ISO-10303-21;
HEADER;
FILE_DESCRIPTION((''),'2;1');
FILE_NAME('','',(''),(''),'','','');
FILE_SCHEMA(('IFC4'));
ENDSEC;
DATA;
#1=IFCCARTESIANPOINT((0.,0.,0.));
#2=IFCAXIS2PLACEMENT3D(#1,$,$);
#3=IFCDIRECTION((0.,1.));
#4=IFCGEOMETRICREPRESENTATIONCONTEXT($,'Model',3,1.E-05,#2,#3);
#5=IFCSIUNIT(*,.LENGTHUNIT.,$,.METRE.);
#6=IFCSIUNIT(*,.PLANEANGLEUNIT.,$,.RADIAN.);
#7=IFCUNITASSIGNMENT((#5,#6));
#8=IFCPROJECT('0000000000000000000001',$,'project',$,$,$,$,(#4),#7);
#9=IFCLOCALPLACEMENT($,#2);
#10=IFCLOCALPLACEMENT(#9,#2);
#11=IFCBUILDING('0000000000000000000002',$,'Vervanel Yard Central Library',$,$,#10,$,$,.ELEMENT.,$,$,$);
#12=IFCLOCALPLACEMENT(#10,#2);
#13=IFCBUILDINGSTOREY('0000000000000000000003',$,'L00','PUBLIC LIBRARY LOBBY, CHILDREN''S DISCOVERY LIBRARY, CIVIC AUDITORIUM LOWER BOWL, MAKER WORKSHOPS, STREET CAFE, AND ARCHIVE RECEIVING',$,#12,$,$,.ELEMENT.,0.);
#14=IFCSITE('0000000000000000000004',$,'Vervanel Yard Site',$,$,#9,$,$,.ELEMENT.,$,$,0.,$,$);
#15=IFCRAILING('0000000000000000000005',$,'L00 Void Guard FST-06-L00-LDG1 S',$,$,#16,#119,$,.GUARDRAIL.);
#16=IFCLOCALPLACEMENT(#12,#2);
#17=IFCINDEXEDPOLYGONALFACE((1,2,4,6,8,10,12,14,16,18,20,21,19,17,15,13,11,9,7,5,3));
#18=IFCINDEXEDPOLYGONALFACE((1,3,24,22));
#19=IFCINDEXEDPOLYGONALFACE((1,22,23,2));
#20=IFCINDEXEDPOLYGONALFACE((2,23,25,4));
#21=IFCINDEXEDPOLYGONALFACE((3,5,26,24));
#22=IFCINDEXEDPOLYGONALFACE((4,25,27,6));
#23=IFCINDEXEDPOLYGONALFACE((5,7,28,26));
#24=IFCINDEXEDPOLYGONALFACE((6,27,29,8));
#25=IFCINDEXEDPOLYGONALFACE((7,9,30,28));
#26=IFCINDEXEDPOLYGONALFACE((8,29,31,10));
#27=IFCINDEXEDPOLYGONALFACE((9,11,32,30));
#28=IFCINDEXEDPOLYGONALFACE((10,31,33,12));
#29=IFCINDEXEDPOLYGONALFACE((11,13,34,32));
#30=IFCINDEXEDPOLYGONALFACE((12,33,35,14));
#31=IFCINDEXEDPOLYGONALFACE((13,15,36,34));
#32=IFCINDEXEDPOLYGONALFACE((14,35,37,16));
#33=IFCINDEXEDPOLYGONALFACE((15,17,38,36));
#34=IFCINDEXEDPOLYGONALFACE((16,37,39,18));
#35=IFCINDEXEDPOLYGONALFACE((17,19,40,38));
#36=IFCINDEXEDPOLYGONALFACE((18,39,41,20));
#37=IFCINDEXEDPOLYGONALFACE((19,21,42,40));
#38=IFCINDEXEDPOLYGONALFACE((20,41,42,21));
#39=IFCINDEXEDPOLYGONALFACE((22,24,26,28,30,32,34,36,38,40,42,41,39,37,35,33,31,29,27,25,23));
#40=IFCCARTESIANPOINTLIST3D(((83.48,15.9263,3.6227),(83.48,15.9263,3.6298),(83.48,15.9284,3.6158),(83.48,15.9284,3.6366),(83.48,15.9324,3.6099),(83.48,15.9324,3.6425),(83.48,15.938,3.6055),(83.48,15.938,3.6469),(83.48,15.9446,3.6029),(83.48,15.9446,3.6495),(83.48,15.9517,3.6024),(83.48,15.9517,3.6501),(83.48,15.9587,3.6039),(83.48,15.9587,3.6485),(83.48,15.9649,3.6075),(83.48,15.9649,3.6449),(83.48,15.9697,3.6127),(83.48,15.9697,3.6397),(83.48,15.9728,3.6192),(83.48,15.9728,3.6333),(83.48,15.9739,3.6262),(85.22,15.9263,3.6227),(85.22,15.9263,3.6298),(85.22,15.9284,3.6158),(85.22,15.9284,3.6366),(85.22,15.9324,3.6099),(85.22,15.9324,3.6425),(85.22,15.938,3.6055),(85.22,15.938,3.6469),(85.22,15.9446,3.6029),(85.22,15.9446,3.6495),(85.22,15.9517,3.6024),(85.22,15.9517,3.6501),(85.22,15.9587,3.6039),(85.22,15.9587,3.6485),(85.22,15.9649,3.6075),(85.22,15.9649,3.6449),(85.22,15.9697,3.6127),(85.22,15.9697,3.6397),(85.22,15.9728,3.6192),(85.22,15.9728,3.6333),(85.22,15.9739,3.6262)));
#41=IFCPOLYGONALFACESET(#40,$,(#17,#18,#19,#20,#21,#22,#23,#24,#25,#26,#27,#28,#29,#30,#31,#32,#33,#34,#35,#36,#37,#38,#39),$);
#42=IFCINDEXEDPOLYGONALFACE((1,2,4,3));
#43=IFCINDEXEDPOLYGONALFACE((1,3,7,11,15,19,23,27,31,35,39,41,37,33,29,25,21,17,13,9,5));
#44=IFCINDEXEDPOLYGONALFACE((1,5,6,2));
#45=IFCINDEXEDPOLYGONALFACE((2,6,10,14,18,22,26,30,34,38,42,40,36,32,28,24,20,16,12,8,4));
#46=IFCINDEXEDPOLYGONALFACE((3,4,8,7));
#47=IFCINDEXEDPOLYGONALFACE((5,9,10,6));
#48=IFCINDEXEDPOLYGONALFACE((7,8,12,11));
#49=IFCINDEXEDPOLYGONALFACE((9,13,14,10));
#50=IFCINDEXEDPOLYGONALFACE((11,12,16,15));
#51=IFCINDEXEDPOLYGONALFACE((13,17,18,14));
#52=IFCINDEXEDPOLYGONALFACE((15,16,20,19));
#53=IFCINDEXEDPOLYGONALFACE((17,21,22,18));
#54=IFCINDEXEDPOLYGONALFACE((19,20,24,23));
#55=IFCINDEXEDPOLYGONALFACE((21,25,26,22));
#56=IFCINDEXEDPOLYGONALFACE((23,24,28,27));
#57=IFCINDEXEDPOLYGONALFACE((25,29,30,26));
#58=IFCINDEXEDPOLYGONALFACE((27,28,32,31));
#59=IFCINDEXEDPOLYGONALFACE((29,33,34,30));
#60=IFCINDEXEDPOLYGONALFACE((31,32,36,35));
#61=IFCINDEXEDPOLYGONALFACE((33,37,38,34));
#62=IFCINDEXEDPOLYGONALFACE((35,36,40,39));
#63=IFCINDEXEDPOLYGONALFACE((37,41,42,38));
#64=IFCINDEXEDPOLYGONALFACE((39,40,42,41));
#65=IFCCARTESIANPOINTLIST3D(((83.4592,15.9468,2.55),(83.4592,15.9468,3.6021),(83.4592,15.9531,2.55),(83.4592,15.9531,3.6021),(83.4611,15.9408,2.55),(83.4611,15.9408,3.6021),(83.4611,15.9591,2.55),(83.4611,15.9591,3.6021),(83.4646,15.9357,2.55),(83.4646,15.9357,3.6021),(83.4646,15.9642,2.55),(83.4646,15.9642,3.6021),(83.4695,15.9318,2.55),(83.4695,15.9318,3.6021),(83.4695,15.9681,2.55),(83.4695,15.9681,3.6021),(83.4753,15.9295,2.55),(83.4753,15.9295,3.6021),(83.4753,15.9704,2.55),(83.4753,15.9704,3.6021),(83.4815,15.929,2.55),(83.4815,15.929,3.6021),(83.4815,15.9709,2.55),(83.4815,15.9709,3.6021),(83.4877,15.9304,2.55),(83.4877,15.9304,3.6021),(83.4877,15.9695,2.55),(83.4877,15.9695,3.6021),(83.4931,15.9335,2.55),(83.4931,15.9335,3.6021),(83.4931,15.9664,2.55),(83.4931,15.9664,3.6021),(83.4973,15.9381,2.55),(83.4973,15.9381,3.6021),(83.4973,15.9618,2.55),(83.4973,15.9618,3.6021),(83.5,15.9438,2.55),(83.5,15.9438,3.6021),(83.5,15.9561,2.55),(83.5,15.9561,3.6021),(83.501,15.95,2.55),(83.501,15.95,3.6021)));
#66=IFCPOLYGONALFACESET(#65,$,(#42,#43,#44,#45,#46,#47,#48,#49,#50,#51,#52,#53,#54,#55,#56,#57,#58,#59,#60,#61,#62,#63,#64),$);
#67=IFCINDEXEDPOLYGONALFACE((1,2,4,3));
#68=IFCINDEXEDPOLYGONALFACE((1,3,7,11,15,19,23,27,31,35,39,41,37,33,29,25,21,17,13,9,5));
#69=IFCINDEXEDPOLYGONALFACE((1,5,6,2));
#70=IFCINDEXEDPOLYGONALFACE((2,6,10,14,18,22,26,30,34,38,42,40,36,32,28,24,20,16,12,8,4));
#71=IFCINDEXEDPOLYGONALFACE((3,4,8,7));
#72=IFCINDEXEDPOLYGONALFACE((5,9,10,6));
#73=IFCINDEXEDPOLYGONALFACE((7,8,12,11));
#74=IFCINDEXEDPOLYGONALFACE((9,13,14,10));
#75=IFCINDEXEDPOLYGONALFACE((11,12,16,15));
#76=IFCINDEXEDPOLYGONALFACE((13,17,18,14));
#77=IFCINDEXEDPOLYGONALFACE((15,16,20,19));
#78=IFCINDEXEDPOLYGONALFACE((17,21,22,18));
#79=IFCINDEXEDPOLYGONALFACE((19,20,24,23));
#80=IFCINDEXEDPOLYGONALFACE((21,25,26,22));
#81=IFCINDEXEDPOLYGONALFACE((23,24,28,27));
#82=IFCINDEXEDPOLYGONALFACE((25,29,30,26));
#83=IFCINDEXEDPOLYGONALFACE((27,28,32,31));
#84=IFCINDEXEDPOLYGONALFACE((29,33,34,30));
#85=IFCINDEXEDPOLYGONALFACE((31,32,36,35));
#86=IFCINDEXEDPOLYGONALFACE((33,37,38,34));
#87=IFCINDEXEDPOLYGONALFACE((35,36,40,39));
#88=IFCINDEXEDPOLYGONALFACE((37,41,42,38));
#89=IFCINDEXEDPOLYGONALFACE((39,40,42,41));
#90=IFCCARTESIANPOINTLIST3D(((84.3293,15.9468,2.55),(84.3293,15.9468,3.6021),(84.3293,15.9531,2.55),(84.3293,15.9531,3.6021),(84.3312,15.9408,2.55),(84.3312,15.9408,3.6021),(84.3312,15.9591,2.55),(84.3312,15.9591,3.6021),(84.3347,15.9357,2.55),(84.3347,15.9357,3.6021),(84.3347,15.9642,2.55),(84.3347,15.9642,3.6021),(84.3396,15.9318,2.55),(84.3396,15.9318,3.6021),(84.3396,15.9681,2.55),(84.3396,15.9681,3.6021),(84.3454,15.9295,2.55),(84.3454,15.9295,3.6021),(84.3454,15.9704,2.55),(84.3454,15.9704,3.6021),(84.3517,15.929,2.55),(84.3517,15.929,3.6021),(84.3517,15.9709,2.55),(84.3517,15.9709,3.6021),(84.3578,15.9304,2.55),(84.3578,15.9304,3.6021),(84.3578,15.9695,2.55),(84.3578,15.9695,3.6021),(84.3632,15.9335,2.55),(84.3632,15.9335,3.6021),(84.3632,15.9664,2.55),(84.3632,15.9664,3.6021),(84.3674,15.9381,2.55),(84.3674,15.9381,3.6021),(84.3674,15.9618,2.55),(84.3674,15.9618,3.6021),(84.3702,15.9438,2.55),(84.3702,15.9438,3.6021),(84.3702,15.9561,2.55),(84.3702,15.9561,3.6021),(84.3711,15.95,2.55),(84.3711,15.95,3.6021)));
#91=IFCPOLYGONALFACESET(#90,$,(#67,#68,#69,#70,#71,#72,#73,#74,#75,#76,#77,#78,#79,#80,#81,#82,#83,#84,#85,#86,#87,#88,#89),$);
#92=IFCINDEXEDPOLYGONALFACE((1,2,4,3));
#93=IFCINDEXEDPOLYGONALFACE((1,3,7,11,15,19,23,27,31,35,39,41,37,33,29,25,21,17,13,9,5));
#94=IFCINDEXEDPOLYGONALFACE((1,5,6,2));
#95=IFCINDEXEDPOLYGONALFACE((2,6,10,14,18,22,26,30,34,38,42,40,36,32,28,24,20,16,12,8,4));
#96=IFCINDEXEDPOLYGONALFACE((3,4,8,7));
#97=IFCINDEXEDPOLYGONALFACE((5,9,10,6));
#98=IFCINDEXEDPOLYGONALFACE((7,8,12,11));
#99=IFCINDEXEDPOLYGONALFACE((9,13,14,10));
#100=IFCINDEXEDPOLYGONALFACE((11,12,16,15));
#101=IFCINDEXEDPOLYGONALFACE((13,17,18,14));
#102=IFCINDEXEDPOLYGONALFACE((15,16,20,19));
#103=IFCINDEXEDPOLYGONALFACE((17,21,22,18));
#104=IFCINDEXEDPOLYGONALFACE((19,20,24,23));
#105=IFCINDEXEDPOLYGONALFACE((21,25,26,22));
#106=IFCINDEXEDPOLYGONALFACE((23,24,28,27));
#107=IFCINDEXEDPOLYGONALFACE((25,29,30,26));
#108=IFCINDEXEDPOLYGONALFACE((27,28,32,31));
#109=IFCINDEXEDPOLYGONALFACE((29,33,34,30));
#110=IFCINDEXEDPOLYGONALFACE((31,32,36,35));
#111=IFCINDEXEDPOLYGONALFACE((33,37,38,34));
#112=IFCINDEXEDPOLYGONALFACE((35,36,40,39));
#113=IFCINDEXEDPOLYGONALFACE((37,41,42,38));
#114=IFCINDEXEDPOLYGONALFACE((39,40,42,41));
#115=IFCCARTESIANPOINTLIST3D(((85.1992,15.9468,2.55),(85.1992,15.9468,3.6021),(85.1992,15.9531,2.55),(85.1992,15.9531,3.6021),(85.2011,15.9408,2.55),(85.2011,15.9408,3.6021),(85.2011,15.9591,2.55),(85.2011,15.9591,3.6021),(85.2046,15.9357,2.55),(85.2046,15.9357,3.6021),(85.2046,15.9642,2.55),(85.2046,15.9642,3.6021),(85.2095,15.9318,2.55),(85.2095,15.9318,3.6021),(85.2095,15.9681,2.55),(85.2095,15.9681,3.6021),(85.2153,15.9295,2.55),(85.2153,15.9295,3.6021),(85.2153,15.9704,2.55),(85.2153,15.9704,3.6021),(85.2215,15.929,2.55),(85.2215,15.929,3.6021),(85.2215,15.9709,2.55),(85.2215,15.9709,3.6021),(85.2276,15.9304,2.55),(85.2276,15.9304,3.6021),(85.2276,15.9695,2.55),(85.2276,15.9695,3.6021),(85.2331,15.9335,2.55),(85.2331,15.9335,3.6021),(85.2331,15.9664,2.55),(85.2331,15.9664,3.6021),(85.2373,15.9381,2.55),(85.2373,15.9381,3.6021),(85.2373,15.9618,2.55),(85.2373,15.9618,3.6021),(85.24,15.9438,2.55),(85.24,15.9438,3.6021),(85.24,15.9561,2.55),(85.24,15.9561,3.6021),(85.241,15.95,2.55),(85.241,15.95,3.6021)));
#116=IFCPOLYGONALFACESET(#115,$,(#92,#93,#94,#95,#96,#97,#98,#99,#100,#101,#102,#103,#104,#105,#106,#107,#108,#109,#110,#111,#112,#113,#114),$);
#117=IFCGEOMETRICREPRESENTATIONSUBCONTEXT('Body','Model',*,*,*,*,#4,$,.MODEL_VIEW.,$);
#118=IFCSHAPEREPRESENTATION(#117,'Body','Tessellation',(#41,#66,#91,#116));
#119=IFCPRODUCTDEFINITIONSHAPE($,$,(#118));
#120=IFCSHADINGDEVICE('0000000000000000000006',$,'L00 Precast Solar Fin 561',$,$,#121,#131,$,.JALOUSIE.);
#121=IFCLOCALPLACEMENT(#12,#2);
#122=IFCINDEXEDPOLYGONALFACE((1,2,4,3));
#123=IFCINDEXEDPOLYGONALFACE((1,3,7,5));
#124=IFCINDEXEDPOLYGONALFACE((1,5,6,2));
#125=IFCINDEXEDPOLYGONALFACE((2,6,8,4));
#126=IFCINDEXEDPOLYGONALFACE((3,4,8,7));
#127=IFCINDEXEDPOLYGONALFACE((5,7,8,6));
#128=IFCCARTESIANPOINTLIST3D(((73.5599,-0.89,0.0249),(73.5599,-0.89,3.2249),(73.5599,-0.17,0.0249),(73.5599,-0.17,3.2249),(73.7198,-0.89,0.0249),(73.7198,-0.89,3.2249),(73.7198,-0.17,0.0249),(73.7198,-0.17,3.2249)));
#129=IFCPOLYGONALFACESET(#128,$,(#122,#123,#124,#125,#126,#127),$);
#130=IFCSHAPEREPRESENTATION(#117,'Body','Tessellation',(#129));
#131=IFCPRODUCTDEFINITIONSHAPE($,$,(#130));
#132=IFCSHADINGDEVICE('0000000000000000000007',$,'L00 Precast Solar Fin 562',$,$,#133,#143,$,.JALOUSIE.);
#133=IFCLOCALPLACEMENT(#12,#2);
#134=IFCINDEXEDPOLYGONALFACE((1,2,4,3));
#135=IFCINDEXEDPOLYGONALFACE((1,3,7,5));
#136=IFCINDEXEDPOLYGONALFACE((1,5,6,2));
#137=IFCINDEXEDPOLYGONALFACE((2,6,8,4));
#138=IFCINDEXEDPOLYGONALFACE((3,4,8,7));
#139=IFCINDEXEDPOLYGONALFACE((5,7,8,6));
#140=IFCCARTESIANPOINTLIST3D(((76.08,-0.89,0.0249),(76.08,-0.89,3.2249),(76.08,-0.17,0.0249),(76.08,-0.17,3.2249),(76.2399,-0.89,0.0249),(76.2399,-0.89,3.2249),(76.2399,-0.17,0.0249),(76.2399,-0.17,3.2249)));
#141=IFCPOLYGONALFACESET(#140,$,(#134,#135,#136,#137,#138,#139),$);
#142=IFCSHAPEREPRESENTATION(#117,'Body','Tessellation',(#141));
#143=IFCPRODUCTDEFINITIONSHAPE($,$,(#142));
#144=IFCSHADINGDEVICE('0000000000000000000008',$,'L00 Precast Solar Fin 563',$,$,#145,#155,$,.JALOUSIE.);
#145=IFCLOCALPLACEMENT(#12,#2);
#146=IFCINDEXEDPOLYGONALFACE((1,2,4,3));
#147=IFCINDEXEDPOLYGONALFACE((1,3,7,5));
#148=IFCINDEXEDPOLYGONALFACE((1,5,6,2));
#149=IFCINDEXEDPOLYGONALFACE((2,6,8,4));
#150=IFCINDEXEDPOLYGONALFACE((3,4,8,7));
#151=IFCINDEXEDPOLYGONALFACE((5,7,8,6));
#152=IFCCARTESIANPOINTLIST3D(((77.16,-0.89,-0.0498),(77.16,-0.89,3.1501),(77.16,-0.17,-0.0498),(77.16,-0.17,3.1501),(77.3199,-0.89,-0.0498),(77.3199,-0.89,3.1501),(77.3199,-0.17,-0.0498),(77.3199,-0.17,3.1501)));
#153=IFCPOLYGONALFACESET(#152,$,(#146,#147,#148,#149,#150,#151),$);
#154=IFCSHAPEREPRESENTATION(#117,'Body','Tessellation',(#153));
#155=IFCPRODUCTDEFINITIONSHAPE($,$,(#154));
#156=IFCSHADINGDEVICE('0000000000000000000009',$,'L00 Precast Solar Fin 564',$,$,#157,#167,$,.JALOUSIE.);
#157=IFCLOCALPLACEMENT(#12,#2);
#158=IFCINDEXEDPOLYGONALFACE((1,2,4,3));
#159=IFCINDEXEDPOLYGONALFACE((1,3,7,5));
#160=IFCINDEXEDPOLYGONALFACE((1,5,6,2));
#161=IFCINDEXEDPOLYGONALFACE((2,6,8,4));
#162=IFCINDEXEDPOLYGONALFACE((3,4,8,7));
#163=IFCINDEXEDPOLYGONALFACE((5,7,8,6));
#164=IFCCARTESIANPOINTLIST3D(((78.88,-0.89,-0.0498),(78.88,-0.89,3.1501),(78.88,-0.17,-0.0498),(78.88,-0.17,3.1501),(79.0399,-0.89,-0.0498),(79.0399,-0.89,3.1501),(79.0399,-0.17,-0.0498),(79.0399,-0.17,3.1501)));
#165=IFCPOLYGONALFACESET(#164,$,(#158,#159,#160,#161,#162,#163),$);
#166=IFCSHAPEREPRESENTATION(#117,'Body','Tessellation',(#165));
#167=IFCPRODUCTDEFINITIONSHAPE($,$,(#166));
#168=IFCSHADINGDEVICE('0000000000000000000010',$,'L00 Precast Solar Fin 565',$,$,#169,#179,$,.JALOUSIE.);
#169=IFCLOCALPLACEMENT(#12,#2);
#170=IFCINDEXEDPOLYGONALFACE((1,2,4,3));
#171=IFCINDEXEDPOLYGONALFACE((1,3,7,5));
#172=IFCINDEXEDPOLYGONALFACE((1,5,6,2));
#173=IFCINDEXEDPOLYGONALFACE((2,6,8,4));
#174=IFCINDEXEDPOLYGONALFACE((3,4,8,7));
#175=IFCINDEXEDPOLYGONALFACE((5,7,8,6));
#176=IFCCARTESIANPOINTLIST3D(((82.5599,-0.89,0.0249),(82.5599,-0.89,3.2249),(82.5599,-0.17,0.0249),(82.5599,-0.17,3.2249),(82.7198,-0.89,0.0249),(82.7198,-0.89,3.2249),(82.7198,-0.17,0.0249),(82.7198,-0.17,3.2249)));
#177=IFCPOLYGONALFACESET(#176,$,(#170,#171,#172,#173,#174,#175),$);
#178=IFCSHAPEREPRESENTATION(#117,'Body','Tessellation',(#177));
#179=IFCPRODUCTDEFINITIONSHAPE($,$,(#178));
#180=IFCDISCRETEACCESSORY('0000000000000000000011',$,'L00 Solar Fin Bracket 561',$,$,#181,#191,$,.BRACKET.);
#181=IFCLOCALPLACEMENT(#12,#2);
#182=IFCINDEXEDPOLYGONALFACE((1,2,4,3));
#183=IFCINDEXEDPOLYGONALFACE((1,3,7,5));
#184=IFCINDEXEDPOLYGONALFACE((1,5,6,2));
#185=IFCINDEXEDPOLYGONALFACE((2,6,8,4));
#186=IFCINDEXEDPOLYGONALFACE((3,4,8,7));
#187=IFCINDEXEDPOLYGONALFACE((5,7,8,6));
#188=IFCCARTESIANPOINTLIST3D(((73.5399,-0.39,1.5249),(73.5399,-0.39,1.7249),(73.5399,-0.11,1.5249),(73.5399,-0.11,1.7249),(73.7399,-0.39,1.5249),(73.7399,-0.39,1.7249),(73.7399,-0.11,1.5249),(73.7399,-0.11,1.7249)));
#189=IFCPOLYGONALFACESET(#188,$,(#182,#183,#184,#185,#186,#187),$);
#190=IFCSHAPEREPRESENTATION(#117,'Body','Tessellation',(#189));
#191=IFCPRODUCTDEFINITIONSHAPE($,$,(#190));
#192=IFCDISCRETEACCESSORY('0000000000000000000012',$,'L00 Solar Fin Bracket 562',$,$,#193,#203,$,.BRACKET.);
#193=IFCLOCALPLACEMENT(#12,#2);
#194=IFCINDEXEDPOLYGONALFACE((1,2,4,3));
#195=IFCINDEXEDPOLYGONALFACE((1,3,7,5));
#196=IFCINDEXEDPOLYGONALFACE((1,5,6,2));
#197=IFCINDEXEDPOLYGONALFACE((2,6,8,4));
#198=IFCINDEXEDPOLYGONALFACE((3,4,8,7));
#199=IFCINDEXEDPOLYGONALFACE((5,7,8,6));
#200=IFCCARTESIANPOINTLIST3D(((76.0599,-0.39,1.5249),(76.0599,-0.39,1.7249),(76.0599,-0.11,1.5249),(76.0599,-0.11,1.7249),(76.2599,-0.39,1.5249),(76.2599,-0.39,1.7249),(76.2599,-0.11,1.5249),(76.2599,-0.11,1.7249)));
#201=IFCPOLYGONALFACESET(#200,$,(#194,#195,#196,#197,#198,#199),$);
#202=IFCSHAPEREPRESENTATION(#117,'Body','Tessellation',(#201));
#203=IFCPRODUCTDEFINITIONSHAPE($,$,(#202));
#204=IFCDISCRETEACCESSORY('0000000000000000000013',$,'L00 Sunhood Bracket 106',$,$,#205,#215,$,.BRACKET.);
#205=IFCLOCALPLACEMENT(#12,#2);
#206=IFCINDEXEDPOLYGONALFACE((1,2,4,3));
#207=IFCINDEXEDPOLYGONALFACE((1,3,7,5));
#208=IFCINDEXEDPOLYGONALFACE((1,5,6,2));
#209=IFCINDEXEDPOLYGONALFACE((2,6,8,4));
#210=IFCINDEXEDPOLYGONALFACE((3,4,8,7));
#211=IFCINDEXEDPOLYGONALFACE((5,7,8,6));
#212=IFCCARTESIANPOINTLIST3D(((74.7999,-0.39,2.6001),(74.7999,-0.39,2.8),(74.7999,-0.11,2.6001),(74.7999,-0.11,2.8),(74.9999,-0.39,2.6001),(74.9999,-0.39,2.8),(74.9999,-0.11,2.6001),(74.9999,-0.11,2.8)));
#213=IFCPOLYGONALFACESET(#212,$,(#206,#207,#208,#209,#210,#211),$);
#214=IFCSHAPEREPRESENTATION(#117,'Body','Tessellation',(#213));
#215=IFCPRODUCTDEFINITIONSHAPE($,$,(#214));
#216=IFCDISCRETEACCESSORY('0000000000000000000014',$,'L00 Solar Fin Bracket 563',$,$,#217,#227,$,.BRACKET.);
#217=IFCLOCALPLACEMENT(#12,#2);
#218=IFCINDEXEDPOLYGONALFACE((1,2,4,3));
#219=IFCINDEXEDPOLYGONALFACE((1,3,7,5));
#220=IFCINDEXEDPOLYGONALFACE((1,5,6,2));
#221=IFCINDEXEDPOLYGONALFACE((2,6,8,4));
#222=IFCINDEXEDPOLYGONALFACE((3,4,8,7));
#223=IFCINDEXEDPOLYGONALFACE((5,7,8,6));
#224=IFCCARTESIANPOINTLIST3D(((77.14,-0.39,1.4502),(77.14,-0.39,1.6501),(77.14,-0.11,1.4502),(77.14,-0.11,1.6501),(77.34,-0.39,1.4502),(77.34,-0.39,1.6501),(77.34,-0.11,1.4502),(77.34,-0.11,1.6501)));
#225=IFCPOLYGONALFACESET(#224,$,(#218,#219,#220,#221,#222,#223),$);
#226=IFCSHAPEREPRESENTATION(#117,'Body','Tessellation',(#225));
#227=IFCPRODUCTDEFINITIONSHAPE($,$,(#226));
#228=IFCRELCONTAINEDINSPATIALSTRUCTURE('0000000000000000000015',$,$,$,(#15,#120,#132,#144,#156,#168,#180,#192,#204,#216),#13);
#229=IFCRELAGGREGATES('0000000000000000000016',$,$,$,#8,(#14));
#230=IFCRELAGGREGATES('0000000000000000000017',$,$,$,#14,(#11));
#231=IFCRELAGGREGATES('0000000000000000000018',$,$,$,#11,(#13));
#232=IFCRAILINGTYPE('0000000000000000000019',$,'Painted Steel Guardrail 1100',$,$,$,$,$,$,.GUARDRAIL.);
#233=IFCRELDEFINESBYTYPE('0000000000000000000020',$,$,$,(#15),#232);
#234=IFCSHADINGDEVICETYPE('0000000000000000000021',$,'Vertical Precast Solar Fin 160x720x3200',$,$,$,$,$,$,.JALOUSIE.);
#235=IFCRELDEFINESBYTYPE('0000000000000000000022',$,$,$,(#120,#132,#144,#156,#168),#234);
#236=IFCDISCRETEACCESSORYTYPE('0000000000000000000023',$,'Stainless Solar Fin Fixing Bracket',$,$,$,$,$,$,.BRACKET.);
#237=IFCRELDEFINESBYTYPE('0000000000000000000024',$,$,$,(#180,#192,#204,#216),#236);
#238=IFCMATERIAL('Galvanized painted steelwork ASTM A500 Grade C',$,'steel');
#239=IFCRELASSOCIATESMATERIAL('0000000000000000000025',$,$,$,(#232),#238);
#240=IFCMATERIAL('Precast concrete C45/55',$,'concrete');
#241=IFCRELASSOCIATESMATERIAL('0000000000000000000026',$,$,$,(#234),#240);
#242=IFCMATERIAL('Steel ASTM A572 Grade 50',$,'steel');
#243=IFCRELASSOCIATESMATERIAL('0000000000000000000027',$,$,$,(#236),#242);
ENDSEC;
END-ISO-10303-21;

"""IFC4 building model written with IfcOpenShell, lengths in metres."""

from ifc_helpers import new_model, si_unit, direction, frame, origin, origin_2d, place, context, subcontext, project, spatial, rectangle, circle, extrude, material, type_object, element, save


model = new_model("IFC4")

# Units and contexts
model_context = context("Model", 3, precision=1e-05, world=origin(), true_north=direction((0.0, 1.0)))
body_context = subcontext(model_context, "Body", "Model", "MODEL_VIEW")
ifc_project = project(units=[si_unit("LENGTHUNIT", "METRE"), si_unit("PLANEANGLEUNIT", "RADIAN")], contexts=[model_context])

# Site, building, storey
site_placement = place(None, origin())
site = spatial("IfcSite", under=ifc_project, at=site_placement, Name="Vervanel Yard Site", CompositionType="ELEMENT", RefElevation=0.0)
building_placement = place(site_placement, origin())
building = spatial("IfcBuilding", under=site, at=building_placement, Name="Vervanel Yard Central Library", CompositionType="ELEMENT")
storey_placement = place(building_placement, origin())
storey = spatial("IfcBuildingStorey", under=building, at=storey_placement, Name="L00", Description="PUBLIC LIBRARY LOBBY, CHILDREN'S DISCOVERY LIBRARY, CIVIC AUDITORIUM LOWER BOWL, MAKER WORKSHOPS, STREET CAFE, AND ARCHIVE RECEIVING", CompositionType="ELEMENT", Elevation=0.0)

# Shared definitions
ifc_material_1 = material(Name="Steel ASTM A572 Grade 50", Category="steel")

# Shared definitions
ifc_material_2 = material(Name="Precast concrete C45/55", Category="concrete")

# Railing
ifc_material_3 = material(Name="Galvanized painted steelwork ASTM A500 Grade C", Category="steel")
railing_type = type_object("IfcRailingType", Name="Painted Steel Guardrail 1100", PredefinedType="GUARDRAIL", material=ifc_material_3)
railing_1_placement = place(storey_placement, frame((83.48, 15.95, 2.55)))
element("IfcRailing", 1, at=railing_1_placement, inside=storey, type_object=railing_type, Name="L00 Void Guard FST-06-L00-LDG1 S", PredefinedType="GUARDRAIL", context=body_context, shape_type="SweptSolid", body=[
    extrude(circle(Radius=0.0239, at=origin_2d()), frame((0.0, 0.0, 1.0762), z_axis=(1.0, 0.0, 0.0), x_axis=(0.0, 1.0, 0.0)), (0.0, 0.0, 1.0), 1.74),
    extrude(circle(Radius=0.021, at=origin_2d()), origin(), (0.0, 0.0, 1.0), 1.052),
    extrude(circle(Radius=0.021, at=origin_2d()), frame((0.8701, 0.0, 0.0)), (0.0, 0.0, 1.0), 1.052),
    extrude(circle(Radius=0.021, at=origin_2d()), frame((1.74, 0.0, 0.0)), (0.0, 0.0, 1.0), 1.052),
])

# Shading devices
shading_device_type_1 = type_object("IfcShadingDeviceType", Name="Vertical Precast Solar Fin 160x720x3200", PredefinedType="JALOUSIE", material=ifc_material_2)
for number, where, z_axis, x_axis, name in (
    (2, (73.6399, -0.53, 0.0249), (0.0, 0.0, 1.0), (1.0, 0.0, 0.0), "L00 Precast Solar Fin 561"),
    (3, (76.1599, -0.53, 0.0249), (0.0, 0.0, 1.0), (1.0, 0.0, 0.0), "L00 Precast Solar Fin 562"),
    (4, (77.24, -0.53, -0.0498), (0.0, 0.0, 1.0), (1.0, 0.0, 0.0), "L00 Precast Solar Fin 563"),
    (5, (78.96, -0.53, -0.0498), (0.0, 0.0, 1.0), (1.0, 0.0, 0.0), "L00 Precast Solar Fin 564"),
    (6, (82.6399, -0.53, 0.0249), (0.0, 0.0, 1.0), (1.0, 0.0, 0.0), "L00 Precast Solar Fin 565"),
):
    element("IfcShadingDevice", number, at=place(storey_placement, frame(where, z_axis=z_axis, x_axis=x_axis)), inside=storey, type_object=shading_device_type_1, Name=name, PredefinedType="JALOUSIE", context=body_context, shape_type="SweptSolid", body=[
        extrude(rectangle(XDim=0.1599, YDim=0.72, at=origin_2d()), origin(), (0.0, 0.0, 1.0), 3.2),
    ])

# Discrete accessories
discrete_accessory_type = type_object("IfcDiscreteAccessoryType", Name="Stainless Solar Fin Fixing Bracket", PredefinedType="BRACKET", material=ifc_material_1)
for number, where, z_axis, x_axis, name in (
    (7, (73.6399, -0.25, 1.5249), (0.0, 0.0, 1.0), (1.0, 0.0, 0.0), "L00 Solar Fin Bracket 561"),
    (8, (76.1599, -0.25, 1.5249), (0.0, 0.0, 1.0), (1.0, 0.0, 0.0), "L00 Solar Fin Bracket 562"),
    (9, (74.8999, -0.25, 2.6001), (0.0, 0.0, 1.0), (1.0, 0.0, 0.0), "L00 Sunhood Bracket 106"),
    (10, (77.24, -0.25, 1.4502), (0.0, 0.0, 1.0), (1.0, 0.0, 0.0), "L00 Solar Fin Bracket 563"),
):
    element("IfcDiscreteAccessory", number, at=place(storey_placement, frame(where, z_axis=z_axis, x_axis=x_axis)), inside=storey, type_object=discrete_accessory_type, Name=name, PredefinedType="BRACKET", context=body_context, shape_type="SweptSolid", body=[
        extrude(rectangle(XDim=0.2, YDim=0.28, at=origin_2d()), origin(), (0.0, 0.0, 1.0), 0.2),
    ])

save(model, "model.ifc")
